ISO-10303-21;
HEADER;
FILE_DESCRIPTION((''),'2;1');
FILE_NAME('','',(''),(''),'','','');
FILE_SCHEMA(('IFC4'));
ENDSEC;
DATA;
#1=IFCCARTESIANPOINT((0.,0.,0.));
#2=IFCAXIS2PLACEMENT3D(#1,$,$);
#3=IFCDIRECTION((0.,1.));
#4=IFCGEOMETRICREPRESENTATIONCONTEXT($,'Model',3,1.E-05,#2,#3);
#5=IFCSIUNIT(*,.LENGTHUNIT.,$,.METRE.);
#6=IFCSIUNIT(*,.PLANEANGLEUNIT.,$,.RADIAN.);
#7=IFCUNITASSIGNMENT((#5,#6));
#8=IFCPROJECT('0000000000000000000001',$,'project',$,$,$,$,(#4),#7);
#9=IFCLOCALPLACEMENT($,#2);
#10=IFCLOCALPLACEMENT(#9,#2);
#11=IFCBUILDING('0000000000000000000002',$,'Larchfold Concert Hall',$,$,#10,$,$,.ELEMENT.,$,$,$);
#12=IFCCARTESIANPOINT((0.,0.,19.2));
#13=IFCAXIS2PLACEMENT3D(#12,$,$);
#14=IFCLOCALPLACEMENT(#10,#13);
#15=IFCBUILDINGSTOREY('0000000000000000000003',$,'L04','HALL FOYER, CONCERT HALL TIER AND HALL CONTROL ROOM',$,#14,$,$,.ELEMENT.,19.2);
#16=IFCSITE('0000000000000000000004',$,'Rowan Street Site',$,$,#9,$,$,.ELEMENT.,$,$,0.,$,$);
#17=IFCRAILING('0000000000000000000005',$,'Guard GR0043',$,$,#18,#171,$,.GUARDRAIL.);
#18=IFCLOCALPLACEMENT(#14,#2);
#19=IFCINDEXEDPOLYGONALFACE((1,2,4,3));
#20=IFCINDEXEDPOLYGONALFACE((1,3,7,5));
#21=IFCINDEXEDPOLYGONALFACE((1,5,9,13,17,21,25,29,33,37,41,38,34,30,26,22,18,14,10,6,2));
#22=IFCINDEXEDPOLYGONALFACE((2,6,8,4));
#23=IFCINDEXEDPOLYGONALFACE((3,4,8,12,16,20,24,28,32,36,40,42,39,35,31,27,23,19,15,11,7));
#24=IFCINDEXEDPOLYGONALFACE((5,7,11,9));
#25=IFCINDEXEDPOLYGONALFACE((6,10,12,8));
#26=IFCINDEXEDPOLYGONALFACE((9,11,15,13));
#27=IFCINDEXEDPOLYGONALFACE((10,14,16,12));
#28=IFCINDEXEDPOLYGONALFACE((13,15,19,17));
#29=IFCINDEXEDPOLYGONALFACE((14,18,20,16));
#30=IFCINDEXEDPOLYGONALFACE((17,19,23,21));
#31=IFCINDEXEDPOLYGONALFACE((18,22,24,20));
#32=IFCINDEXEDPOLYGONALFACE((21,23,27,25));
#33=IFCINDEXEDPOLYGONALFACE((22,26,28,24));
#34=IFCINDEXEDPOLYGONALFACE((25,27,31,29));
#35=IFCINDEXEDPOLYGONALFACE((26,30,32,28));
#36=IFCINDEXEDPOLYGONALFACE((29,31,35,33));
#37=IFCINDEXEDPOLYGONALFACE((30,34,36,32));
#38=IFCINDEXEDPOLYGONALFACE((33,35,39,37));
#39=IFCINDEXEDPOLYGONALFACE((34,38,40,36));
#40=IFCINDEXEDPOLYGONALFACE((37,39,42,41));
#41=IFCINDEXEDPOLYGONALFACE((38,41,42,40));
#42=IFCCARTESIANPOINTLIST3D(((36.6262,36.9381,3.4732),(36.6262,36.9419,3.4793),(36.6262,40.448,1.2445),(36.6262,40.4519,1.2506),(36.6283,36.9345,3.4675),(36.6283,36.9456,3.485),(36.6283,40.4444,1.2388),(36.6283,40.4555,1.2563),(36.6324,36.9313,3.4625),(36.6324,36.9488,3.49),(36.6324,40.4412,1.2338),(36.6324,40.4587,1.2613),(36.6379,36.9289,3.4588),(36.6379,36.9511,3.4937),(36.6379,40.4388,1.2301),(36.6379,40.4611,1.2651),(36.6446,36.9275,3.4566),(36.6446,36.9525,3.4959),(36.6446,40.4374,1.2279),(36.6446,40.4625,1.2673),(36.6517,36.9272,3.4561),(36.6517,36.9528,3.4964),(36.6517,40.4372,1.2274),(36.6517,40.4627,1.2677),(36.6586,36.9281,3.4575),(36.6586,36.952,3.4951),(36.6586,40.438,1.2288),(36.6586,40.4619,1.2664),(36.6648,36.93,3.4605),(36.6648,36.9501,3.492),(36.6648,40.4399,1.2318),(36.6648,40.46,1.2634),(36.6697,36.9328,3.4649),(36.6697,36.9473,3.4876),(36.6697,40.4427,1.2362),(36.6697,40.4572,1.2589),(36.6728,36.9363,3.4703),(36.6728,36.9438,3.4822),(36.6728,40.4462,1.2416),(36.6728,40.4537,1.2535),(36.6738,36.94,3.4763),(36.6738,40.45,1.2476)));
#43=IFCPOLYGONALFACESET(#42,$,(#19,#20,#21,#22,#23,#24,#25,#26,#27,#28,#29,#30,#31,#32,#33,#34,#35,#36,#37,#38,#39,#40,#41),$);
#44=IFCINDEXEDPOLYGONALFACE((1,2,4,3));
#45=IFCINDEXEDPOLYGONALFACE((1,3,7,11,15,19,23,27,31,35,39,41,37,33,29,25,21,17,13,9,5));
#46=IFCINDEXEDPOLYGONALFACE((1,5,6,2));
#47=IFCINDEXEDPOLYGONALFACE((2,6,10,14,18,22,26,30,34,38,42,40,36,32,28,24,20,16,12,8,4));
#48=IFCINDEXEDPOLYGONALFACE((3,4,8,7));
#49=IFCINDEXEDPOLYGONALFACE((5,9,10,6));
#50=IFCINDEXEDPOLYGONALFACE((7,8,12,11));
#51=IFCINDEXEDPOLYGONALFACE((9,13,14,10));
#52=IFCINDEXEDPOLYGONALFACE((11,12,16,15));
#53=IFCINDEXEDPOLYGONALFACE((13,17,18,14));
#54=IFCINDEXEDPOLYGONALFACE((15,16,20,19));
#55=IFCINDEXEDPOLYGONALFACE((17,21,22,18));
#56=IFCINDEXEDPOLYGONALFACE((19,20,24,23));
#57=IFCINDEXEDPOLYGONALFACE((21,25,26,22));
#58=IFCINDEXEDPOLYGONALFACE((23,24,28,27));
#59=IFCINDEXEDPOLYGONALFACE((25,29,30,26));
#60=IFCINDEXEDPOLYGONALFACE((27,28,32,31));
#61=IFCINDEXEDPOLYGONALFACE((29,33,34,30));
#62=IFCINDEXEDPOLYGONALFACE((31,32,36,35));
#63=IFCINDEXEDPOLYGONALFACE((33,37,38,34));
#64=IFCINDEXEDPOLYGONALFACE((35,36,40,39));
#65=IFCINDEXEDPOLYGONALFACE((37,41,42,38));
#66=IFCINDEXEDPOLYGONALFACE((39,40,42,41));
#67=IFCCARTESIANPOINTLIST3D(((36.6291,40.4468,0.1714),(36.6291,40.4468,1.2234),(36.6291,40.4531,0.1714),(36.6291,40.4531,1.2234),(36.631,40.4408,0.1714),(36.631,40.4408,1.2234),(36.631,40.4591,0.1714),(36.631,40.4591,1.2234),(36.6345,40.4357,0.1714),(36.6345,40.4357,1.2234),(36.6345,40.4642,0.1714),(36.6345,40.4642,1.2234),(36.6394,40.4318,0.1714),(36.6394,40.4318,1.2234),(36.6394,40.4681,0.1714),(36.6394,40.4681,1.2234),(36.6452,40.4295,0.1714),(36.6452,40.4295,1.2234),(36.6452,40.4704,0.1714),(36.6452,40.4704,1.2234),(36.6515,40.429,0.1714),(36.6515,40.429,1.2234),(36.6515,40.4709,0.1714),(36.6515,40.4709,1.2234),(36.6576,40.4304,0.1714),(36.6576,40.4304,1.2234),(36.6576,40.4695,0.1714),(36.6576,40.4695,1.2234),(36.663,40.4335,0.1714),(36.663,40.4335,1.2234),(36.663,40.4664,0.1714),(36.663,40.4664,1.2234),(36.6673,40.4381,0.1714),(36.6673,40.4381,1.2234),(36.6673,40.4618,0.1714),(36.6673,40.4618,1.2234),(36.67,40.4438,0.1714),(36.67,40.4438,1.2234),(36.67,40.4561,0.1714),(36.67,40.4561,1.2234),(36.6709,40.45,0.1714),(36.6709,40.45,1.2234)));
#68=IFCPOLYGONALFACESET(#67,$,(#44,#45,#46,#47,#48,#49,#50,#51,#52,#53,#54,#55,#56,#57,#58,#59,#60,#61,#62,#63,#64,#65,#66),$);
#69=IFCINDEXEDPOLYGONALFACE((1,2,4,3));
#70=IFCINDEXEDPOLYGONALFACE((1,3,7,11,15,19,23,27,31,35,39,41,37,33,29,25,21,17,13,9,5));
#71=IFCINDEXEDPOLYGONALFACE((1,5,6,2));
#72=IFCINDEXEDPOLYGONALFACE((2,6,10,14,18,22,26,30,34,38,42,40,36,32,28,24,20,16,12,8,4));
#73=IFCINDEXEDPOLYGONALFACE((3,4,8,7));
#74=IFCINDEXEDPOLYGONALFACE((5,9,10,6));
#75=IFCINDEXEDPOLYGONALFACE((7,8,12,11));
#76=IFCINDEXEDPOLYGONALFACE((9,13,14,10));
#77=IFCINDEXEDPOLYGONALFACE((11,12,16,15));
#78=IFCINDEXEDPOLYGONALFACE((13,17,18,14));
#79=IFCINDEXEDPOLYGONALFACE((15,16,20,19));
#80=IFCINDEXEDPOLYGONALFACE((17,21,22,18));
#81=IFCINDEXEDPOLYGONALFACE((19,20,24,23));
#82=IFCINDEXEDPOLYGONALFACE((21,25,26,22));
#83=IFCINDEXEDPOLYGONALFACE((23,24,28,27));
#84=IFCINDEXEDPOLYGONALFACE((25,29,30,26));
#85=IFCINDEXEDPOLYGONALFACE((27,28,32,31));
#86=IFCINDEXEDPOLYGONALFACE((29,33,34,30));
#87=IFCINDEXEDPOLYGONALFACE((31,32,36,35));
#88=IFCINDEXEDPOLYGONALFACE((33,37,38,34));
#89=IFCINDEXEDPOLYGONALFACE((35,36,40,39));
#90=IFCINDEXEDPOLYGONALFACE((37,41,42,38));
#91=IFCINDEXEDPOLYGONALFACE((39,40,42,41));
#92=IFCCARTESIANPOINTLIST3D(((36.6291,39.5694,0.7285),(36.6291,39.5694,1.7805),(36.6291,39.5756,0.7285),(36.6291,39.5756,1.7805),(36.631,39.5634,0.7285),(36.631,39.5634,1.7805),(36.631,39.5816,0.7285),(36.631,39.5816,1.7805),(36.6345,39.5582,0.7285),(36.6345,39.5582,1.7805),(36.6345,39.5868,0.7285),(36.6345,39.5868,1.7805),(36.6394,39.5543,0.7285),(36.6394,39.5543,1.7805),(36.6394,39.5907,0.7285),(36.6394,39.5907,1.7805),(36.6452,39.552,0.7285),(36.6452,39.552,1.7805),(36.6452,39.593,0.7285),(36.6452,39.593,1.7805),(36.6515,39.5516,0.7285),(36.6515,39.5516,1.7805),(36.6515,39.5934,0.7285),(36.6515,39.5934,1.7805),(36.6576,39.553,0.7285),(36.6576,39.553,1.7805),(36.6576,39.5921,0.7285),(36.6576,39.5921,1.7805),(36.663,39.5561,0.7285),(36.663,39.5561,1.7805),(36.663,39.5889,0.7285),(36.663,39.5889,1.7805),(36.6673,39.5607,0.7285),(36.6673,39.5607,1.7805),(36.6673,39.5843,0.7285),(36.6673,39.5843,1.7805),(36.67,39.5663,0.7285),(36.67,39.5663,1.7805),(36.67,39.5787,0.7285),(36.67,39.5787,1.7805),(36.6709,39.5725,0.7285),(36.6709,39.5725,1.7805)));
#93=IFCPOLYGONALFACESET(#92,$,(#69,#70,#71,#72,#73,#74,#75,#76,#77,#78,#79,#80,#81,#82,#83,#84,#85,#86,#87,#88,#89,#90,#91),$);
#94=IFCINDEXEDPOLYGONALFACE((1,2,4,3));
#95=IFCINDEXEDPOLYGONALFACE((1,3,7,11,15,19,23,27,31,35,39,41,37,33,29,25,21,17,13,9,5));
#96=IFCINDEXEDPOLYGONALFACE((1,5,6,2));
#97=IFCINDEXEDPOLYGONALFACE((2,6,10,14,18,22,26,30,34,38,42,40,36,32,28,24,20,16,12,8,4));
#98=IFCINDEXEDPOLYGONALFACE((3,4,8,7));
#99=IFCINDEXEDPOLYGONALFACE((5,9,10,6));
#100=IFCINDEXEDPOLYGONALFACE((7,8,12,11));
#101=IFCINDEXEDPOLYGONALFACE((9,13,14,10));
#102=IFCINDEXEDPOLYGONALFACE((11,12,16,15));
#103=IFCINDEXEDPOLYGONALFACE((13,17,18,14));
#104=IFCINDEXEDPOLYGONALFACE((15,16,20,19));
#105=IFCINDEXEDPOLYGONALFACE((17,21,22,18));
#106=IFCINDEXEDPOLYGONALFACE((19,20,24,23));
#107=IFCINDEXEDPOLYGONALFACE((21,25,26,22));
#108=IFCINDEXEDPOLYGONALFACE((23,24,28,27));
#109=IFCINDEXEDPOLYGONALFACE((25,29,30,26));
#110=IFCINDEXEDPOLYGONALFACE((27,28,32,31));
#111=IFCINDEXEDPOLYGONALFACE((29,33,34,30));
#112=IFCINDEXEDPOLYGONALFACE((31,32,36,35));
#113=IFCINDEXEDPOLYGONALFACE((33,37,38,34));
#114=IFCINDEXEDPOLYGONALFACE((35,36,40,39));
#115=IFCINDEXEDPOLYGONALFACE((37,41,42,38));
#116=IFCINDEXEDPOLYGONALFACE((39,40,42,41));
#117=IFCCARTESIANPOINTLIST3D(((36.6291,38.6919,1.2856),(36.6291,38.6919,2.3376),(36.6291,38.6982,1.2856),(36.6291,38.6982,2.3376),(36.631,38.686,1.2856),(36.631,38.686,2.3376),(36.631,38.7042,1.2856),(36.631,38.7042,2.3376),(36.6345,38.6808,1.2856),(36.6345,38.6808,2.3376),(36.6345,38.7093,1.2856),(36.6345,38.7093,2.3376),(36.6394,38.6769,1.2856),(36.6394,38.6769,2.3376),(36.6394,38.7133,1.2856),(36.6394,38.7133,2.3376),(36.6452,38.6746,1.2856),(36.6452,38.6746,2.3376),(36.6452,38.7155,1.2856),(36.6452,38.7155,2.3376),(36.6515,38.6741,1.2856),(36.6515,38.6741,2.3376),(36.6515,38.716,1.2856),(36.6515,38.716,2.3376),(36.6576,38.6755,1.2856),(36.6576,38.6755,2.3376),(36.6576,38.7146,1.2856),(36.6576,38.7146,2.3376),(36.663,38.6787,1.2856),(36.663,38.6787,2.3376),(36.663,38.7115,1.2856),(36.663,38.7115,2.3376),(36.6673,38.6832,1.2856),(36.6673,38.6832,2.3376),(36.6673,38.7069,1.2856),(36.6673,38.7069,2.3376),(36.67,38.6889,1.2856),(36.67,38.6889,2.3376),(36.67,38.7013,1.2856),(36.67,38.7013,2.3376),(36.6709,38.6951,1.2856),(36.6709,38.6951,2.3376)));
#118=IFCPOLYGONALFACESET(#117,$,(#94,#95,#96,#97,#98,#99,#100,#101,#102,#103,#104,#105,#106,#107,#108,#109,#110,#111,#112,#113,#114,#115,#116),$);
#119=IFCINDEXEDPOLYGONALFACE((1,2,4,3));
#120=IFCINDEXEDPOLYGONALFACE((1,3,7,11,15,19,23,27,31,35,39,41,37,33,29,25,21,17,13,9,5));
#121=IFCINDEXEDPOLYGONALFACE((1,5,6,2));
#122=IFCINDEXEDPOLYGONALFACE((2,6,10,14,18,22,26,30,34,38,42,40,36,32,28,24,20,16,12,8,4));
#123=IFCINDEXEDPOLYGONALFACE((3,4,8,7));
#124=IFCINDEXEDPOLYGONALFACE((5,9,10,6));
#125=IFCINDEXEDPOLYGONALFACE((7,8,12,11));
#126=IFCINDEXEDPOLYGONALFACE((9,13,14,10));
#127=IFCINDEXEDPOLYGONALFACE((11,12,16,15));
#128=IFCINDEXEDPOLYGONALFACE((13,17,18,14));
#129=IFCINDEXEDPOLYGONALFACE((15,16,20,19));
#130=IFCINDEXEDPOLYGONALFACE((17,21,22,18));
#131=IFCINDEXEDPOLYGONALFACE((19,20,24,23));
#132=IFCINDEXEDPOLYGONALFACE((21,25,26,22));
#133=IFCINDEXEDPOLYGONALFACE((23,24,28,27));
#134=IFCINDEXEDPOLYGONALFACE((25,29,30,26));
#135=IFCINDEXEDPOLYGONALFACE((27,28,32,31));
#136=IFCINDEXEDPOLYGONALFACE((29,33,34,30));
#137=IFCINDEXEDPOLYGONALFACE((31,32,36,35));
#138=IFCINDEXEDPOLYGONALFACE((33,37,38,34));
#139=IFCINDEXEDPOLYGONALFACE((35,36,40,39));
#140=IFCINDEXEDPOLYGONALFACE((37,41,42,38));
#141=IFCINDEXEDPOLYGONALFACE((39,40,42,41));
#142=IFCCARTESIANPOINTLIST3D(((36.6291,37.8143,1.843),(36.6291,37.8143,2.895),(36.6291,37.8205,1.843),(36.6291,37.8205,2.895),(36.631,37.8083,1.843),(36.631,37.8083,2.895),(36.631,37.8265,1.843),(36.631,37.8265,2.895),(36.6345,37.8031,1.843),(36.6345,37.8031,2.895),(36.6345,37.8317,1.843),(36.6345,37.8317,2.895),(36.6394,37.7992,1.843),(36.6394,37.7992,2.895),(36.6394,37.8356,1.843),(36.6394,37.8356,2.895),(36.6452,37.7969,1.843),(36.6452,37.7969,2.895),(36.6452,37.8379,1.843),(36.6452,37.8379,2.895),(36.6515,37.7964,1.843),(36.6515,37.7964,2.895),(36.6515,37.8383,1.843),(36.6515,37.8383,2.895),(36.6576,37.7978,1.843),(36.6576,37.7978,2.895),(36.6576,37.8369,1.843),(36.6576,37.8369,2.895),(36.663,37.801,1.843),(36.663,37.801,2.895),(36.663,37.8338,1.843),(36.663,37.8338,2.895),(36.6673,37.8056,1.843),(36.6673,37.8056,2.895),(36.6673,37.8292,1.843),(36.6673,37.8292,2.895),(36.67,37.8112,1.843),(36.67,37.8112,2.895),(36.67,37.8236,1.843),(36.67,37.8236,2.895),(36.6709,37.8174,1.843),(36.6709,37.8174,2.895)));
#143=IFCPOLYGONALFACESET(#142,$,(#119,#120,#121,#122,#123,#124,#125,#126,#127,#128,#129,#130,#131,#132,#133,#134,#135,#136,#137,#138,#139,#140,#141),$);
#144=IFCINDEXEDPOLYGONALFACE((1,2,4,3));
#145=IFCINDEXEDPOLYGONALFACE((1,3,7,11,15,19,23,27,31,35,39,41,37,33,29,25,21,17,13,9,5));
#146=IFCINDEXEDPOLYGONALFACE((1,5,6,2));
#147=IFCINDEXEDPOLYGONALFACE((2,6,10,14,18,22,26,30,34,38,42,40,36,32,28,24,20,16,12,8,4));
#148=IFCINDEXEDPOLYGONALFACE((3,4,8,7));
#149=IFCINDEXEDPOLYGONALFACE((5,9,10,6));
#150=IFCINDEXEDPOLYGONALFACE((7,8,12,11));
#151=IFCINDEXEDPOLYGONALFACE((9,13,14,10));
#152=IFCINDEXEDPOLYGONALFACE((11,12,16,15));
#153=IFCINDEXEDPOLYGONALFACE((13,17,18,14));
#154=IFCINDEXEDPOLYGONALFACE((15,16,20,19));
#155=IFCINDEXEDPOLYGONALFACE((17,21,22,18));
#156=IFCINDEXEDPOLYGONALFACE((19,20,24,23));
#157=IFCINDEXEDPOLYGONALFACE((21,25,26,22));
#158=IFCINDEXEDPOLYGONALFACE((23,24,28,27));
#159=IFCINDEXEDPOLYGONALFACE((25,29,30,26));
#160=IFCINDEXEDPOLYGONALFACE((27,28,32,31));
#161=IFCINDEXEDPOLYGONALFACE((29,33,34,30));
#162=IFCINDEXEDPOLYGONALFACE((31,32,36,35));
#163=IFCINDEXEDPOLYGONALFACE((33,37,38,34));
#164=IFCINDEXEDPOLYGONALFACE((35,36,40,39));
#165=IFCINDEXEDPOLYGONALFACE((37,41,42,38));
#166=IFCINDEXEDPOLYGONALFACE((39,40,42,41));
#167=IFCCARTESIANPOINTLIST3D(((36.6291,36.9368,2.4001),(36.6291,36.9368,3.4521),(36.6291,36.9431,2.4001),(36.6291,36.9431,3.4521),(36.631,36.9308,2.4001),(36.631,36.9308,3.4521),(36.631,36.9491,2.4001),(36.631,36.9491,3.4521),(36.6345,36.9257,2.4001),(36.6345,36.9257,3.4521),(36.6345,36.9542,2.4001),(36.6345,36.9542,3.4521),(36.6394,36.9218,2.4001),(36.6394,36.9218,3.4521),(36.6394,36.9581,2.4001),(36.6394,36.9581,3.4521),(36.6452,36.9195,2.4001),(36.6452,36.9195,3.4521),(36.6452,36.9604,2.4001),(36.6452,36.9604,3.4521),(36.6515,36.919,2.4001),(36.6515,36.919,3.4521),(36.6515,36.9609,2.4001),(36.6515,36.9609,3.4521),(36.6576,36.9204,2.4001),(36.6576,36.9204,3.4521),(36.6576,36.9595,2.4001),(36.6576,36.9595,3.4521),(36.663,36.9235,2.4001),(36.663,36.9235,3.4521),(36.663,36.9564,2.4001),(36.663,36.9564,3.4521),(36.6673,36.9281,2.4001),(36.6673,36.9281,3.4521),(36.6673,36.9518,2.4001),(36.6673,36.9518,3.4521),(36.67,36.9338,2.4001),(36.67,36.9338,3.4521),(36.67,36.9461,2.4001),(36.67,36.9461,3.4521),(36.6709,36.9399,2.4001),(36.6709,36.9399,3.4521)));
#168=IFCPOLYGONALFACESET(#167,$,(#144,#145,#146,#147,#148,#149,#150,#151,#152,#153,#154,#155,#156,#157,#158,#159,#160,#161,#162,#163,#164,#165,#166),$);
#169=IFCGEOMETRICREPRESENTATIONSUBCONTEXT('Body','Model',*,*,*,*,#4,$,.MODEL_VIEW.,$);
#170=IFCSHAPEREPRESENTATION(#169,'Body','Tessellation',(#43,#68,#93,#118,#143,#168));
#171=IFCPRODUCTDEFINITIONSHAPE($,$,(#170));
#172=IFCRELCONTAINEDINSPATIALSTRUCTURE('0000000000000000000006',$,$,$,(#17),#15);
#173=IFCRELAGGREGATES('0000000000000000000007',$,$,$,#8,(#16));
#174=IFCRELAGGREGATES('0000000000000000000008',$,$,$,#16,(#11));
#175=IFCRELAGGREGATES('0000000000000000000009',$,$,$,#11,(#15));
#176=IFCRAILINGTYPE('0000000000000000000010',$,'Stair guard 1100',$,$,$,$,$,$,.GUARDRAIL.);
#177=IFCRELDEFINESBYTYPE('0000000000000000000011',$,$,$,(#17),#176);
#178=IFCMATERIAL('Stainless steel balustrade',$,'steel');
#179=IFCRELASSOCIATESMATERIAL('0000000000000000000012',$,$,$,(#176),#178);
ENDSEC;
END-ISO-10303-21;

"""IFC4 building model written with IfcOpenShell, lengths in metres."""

from ifc_helpers import new_model, si_unit, direction, frame, origin, origin_2d, place, context, subcontext, project, spatial, circle, extrude, material, type_object, element, save


model = new_model("IFC4")

# Units and contexts
model_context = context("Model", 3, precision=1e-05, world=origin(), true_north=direction((0.0, 1.0)))
body_context = subcontext(model_context, "Body", "Model", "MODEL_VIEW")
ifc_project = project(units=[si_unit("LENGTHUNIT", "METRE"), si_unit("PLANEANGLEUNIT", "RADIAN")], contexts=[model_context])

# Site, building, storey
site_placement = place(None, origin())
site = spatial("IfcSite", under=ifc_project, at=site_placement, Name="Rowan Street Site", CompositionType="ELEMENT", RefElevation=0.0)
building_placement = place(site_placement, origin())
building = spatial("IfcBuilding", under=site, at=building_placement, Name="Larchfold Concert Hall", CompositionType="ELEMENT")
storey_placement = place(building_placement, frame((0.0, 0.0, 19.2)))
storey = spatial("IfcBuildingStorey", under=building, at=storey_placement, Name="L04", Description="HALL FOYER, CONCERT HALL TIER AND HALL CONTROL ROOM", CompositionType="ELEMENT", Elevation=19.2)

# Railing
ifc_material_1 = material(Name="Stainless steel balustrade", Category="steel")
railing_type_1 = type_object("IfcRailingType", Name="Stair guard 1100", PredefinedType="GUARDRAIL", material=ifc_material_1)
railing_1_placement = place(storey_placement, frame((36.6499, 40.45, 0.1714)))
element("IfcRailing", 1, at=railing_1_placement, inside=storey, type_object=railing_type_1, Name="Guard GR0043", PredefinedType="GUARDRAIL", context=body_context, shape_type="SweptSolid", body=[
    extrude(circle(Radius=0.0239, at=origin_2d()), frame((0.0, 0.0, 1.0762), z_axis=(0.0, -0.844193, 0.536039), x_axis=(1.0, 0.0, 0.0)), (0.0, 0.0, 1.0), 4.1577),
    extrude(circle(Radius=0.021, at=origin_2d()), origin(), (0.0, 0.0, 1.0), 1.052),
    extrude(circle(Radius=0.021, at=origin_2d()), frame((0.0, -0.8774, 0.5571)), (0.0, 0.0, 1.0), 1.052),
    extrude(circle(Radius=0.021, at=origin_2d()), frame((0.0, -1.7549, 1.1143)), (0.0, 0.0, 1.0), 1.052),
    extrude(circle(Radius=0.021, at=origin_2d()), frame((0.0, -2.6326, 1.6716)), (0.0, 0.0, 1.0), 1.052),
    extrude(circle(Radius=0.021, at=origin_2d()), frame((0.0, -3.51, 2.2288)), (0.0, 0.0, 1.0), 1.052),
])

save(model, "model.ifc")
